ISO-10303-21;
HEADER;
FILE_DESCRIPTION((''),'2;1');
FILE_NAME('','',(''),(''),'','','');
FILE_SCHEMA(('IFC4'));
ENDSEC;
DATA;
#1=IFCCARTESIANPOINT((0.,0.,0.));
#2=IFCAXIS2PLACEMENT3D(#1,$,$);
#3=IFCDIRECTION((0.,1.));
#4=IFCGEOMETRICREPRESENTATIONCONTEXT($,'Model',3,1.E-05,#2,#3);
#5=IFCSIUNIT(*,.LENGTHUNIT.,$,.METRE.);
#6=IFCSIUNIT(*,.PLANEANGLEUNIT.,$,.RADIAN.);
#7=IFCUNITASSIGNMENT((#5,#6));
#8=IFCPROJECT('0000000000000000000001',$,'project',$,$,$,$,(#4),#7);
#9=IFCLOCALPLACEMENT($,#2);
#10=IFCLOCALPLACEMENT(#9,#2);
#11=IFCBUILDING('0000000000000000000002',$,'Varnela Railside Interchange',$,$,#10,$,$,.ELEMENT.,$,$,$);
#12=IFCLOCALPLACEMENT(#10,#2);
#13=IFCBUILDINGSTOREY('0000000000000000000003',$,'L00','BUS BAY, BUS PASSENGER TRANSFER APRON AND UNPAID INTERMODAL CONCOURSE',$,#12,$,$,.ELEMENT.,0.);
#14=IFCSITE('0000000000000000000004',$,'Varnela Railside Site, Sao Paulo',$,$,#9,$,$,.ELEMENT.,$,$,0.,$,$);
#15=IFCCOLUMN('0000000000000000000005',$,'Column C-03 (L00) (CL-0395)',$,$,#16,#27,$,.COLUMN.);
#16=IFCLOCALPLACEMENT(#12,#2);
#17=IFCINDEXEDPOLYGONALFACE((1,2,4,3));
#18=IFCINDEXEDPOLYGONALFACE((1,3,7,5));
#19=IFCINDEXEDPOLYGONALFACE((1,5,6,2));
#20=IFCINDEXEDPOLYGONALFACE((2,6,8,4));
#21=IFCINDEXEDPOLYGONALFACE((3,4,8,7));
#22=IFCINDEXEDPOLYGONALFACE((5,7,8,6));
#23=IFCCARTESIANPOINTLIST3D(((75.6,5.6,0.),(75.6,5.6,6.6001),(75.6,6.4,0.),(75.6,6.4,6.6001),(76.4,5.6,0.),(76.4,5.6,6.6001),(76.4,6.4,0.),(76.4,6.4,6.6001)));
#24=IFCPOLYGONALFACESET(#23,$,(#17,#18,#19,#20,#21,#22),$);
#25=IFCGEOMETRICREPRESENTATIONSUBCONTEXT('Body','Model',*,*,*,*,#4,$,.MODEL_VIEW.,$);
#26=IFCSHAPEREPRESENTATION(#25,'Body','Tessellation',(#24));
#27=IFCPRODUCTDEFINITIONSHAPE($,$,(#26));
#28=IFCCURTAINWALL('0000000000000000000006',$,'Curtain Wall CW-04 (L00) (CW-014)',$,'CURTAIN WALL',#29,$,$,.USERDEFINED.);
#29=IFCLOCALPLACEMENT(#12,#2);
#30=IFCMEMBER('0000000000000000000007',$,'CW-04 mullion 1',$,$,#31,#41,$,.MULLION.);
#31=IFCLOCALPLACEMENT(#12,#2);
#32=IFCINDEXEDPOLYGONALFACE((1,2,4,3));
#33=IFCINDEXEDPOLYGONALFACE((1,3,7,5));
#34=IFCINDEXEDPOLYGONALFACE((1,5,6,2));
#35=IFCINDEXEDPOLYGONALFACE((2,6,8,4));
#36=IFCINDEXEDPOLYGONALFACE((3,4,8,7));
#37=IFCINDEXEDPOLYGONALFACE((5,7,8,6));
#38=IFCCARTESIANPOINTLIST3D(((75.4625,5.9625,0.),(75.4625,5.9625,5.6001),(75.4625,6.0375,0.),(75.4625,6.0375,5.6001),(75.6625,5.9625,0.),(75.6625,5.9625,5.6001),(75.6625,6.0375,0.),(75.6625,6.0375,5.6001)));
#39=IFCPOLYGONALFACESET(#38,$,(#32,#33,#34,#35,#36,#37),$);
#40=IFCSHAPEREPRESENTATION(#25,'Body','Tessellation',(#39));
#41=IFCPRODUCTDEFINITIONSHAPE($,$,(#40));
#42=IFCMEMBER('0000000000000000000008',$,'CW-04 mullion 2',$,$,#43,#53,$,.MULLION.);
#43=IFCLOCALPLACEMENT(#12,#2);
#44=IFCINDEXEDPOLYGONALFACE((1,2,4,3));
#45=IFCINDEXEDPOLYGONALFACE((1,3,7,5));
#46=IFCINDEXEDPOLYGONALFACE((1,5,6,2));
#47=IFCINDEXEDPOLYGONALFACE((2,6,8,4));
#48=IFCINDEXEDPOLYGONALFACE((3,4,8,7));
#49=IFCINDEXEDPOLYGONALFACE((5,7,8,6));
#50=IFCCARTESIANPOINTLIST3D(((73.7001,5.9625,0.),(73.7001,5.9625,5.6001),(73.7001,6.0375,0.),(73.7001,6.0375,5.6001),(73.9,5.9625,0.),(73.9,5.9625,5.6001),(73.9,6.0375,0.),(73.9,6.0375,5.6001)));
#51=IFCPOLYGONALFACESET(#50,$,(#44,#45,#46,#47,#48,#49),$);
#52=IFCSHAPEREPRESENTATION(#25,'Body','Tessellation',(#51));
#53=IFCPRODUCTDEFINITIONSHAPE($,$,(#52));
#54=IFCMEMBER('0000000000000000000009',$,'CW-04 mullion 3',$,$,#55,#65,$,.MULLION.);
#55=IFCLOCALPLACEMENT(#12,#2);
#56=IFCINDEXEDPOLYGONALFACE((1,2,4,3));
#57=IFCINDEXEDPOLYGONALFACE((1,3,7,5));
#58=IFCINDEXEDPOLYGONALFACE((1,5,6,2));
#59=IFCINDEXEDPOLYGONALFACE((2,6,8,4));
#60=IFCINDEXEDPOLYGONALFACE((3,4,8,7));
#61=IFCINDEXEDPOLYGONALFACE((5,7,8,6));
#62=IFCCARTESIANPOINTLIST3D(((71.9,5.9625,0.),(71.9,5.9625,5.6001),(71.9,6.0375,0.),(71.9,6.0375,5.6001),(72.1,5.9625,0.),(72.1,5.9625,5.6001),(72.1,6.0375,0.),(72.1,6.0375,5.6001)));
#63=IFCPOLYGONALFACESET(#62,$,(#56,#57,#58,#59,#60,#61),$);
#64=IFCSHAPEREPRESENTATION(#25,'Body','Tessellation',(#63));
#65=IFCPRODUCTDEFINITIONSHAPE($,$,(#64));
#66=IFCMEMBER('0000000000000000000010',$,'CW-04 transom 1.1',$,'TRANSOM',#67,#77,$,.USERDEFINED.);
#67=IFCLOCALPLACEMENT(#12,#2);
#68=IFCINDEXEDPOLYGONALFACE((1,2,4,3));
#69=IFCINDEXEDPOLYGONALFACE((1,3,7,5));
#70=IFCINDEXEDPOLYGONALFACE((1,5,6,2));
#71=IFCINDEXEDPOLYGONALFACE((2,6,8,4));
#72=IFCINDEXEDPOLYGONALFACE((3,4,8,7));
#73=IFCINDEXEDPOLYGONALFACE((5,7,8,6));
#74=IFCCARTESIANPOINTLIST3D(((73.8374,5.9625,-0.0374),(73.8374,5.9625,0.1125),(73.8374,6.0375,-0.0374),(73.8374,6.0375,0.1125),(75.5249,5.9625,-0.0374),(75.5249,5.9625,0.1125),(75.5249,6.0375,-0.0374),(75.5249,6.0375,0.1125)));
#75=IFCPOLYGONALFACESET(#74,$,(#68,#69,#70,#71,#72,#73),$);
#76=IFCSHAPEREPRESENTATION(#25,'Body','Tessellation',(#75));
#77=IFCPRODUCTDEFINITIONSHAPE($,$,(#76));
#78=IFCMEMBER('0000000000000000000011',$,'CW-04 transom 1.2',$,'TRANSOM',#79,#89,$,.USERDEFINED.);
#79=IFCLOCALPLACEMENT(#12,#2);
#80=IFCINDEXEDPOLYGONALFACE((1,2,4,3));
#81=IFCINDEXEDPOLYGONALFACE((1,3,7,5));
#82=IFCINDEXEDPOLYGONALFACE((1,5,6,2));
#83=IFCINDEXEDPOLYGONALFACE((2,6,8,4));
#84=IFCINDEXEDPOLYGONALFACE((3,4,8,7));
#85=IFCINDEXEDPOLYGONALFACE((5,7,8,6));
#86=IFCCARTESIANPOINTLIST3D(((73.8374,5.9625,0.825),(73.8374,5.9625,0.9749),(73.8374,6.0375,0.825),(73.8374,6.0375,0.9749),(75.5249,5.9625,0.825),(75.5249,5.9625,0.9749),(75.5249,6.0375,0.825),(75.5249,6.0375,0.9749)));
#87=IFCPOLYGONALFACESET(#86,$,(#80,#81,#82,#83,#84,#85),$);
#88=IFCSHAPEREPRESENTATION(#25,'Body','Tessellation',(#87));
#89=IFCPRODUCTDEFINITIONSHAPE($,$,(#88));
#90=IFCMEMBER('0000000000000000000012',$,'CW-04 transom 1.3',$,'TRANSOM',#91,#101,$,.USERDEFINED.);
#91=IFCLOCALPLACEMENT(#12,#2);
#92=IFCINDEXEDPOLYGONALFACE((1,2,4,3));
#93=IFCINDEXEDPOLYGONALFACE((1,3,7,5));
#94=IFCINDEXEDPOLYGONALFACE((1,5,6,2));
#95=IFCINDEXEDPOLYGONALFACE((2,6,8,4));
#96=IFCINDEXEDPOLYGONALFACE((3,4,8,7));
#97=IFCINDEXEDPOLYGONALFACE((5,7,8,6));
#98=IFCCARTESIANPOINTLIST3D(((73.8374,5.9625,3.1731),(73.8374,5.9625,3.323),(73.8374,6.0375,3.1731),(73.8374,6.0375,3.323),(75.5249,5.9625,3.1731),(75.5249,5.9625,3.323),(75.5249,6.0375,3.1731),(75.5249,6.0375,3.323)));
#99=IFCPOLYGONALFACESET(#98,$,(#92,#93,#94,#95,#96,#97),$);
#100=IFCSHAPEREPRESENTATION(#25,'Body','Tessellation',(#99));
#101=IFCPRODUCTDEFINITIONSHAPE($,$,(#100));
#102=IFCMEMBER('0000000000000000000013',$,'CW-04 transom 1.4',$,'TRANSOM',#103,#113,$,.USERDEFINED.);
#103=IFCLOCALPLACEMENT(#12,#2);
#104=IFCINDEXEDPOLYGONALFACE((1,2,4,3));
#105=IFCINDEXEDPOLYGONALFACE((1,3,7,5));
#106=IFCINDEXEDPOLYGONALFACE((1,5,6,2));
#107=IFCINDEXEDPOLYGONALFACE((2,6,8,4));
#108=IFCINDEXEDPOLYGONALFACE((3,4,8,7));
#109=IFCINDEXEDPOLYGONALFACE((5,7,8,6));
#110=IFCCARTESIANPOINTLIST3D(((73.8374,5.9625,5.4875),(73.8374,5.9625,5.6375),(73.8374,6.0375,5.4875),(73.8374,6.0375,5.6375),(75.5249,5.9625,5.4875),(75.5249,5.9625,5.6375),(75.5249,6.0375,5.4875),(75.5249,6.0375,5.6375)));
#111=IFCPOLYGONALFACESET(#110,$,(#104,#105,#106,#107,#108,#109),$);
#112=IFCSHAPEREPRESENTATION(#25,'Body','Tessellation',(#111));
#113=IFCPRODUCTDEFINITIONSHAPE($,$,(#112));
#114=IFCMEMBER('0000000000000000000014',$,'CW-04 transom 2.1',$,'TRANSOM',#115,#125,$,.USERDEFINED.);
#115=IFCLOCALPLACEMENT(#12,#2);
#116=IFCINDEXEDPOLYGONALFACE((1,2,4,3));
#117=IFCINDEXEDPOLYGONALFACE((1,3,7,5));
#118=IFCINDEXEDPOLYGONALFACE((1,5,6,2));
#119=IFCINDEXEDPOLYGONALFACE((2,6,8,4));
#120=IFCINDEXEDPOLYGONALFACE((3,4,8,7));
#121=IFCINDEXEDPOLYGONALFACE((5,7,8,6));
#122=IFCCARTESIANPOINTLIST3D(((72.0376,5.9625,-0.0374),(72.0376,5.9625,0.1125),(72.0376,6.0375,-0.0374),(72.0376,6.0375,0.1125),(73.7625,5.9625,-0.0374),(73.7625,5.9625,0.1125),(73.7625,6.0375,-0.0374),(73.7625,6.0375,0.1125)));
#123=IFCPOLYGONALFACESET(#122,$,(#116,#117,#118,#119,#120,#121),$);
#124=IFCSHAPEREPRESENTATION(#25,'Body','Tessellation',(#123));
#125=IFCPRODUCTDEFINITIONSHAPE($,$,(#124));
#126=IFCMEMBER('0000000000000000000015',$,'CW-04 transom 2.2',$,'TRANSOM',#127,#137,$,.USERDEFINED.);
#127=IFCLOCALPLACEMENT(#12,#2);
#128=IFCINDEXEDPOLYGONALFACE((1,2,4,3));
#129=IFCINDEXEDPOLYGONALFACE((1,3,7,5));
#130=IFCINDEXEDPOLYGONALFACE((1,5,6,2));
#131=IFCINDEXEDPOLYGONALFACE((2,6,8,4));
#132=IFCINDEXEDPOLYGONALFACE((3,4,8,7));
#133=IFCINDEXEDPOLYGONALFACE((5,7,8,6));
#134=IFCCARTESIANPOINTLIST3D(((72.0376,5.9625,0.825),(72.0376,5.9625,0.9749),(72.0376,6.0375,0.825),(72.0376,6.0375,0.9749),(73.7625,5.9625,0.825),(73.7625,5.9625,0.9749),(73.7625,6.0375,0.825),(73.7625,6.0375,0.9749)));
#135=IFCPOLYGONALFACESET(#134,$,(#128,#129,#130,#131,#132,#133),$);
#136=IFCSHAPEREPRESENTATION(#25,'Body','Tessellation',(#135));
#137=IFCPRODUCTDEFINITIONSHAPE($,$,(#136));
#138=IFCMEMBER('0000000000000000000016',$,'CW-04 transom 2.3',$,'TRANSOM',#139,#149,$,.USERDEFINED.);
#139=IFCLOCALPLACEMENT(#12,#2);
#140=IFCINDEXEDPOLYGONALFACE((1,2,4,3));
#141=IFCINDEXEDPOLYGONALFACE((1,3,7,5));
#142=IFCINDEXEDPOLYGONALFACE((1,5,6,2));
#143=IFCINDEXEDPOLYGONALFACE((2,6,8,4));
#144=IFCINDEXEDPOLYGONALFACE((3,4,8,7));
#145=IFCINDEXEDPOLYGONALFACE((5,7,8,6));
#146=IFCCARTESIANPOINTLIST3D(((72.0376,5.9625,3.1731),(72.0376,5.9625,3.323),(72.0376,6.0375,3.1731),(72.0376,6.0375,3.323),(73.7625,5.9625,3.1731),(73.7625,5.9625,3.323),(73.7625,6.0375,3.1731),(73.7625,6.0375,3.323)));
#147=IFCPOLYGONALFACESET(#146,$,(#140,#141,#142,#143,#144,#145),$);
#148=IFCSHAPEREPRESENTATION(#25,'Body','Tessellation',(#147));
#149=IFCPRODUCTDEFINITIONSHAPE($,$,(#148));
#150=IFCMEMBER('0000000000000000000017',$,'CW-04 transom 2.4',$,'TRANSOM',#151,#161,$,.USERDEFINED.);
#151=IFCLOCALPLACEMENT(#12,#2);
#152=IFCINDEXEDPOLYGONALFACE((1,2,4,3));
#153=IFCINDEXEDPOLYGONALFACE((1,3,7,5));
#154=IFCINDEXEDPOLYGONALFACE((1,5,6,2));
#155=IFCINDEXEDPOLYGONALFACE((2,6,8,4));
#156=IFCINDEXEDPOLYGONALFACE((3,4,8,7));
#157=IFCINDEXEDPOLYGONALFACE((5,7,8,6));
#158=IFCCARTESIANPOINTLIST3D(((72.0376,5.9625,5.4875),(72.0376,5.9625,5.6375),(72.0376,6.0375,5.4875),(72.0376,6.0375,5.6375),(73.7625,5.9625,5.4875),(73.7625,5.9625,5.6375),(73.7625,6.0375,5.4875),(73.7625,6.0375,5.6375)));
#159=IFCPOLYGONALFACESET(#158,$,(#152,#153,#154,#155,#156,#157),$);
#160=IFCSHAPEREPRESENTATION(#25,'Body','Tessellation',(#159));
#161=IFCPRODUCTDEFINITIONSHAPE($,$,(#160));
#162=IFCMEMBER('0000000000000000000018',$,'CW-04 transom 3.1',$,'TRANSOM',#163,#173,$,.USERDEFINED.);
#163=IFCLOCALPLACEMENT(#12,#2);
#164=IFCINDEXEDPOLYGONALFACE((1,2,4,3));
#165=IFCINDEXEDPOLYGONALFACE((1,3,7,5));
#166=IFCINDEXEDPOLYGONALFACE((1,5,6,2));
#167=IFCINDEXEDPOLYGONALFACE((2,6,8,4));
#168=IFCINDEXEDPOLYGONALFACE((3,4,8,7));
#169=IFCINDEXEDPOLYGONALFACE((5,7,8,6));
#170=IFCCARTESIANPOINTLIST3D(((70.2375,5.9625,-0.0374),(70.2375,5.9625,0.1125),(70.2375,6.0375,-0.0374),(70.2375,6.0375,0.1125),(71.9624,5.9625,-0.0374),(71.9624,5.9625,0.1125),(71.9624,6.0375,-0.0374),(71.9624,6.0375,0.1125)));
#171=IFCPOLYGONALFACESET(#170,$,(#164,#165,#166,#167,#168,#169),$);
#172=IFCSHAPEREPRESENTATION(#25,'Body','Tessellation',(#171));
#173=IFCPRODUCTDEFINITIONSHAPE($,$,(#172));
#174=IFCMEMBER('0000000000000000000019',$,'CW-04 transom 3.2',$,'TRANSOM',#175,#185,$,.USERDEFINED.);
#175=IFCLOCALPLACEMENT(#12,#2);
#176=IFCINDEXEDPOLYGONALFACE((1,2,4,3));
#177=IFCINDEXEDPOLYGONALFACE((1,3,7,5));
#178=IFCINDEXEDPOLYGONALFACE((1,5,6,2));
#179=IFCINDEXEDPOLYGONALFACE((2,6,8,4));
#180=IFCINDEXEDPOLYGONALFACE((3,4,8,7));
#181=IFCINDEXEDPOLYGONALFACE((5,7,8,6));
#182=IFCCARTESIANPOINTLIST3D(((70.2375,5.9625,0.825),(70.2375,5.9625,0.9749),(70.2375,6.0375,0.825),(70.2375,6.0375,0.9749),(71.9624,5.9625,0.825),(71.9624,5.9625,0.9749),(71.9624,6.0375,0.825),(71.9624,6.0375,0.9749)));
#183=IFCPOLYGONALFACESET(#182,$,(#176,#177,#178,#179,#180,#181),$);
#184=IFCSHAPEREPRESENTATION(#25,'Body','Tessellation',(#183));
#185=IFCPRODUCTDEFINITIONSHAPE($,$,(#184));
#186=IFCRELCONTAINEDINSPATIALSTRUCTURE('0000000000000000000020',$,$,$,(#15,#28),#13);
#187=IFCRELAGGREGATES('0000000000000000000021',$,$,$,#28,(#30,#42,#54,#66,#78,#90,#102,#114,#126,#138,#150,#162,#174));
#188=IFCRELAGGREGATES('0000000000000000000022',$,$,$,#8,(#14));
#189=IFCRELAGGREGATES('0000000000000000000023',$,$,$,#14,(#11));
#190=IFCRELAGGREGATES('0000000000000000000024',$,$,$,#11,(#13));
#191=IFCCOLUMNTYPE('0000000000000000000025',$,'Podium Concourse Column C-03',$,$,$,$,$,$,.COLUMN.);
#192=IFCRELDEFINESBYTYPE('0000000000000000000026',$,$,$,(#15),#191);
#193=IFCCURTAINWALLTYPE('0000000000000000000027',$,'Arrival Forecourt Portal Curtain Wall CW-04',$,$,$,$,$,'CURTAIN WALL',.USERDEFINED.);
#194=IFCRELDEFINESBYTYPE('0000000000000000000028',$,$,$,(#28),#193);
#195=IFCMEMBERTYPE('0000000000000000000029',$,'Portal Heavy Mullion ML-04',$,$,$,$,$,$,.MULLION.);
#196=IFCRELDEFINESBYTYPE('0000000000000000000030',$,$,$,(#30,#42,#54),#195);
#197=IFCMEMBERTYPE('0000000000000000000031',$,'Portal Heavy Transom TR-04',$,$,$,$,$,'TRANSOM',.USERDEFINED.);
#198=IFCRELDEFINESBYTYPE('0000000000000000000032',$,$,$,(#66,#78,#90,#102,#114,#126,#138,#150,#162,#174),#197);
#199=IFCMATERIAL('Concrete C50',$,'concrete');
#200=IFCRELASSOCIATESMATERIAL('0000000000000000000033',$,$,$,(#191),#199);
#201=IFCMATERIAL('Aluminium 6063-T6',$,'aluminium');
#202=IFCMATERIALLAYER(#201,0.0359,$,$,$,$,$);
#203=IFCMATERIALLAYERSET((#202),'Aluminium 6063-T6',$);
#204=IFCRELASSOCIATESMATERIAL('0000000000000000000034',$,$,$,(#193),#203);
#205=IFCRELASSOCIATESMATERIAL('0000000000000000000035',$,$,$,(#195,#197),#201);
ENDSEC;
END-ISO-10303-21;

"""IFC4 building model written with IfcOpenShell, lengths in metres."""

from ifc_helpers import new_model, si_unit, direction, frame, origin, origin_2d, place, context, subcontext, project, spatial, rectangle, extrude, material, layer, layer_set, material_profile, profile_set, type_object, element, aggregate, save


model = new_model("IFC4")

# Units and contexts
model_context = context("Model", 3, precision=1e-05, world=origin(), true_north=direction((0.0, 1.0)))
body_context = subcontext(model_context, "Body", "Model", "MODEL_VIEW")
ifc_project = project(units=[si_unit("LENGTHUNIT", "METRE"), si_unit("PLANEANGLEUNIT", "RADIAN")], contexts=[model_context])

# Site, building, storey
site_placement = place(None, origin())
site = spatial("IfcSite", under=ifc_project, at=site_placement, Name="Varnela Railside Site, Sao Paulo", CompositionType="ELEMENT", RefElevation=0.0)
building_placement = place(site_placement, origin())
building = spatial("IfcBuilding", under=site, at=building_placement, Name="Varnela Railside Interchange", CompositionType="ELEMENT")
storey_placement = place(building_placement, origin())
storey = spatial("IfcBuildingStorey", under=building, at=storey_placement, Name="L00", Description="BUS BAY, BUS PASSENGER TRANSFER APRON AND UNPAID INTERMODAL CONCOURSE", CompositionType="ELEMENT", Elevation=0.0)

# Column
ifc_material_1 = material(Name="Concrete C50", Category="concrete")
ifc_material_profile_1 = material_profile(ifc_material_1, rectangle(XDim=0.8, YDim=0.8, at=origin_2d()), Name="RC 800x800")
ifc_profile_set_1 = profile_set([ifc_material_profile_1], Name="Concrete C50")
column_type = type_object("IfcColumnType", Name="Podium Concourse Column C-03", PredefinedType="COLUMN", material=ifc_profile_set_1)
column_placement = place(storey_placement, frame((76.0, 6.0, 0.0), z_axis=(0.0, 0.0, 1.0), x_axis=(1.0, 0.0, 0.0)))
element("IfcColumn", 1, at=column_placement, inside=storey, type_object=column_type, Name="Column C-03 (L00) (CL-0395)", PredefinedType="COLUMN", context=body_context, shape_type="SweptSolid", body=[
    extrude(rectangle(XDim=0.8, YDim=0.8, at=origin_2d()), origin(), (0.0, 0.0, 1.0), 6.6001),
])

# Curtain wall, members
ifc_material_2 = material(Name="Aluminium 6063-T6", Category="aluminium")
ifc_layer_1 = layer(ifc_material_2, 0.0359)
ifc_layer_set_1 = layer_set([ifc_layer_1], Name="Aluminium 6063-T6")
curtain_wall_type = type_object("IfcCurtainWallType", Name="Arrival Forecourt Portal Curtain Wall CW-04", ElementType="CURTAIN WALL", PredefinedType="USERDEFINED", material=ifc_layer_set_1)
curtain_wall_placement = place(storey_placement, origin())
curtain_wall = element("IfcCurtainWall", 2, at=curtain_wall_placement, inside=storey, type_object=curtain_wall_type, Name="Curtain Wall CW-04 (L00) (CW-014)", ObjectType="CURTAIN WALL", PredefinedType="USERDEFINED")
ifc_material_profile_2 = material_profile(ifc_material_2, rectangle(XDim=0.075, YDim=0.2, at=origin_2d()), Name="ALU 75x200")
ifc_profile_set_2 = profile_set([ifc_material_profile_2], Name="Aluminium 6063-T6")
member_type_1 = type_object("IfcMemberType", Name="Portal Heavy Mullion ML-04", PredefinedType="MULLION", material=ifc_profile_set_2)
member_1_placement = place(storey_placement, frame((75.5625, 6.0, 0.0), z_axis=(0.0, 0.0, 1.0), x_axis=(0.0, -1.0, 0.0)))
member_1 = element("IfcMember", 3, at=member_1_placement, type_object=member_type_1, Name="CW-04 mullion 1", PredefinedType="MULLION", context=body_context, shape_type="SweptSolid", body=[
    extrude(rectangle(XDim=0.075, YDim=0.2, at=origin_2d()), origin(), (0.0, 0.0, 1.0), 5.6001),
])
member_2_placement = place(storey_placement, frame((73.8, 6.0, 0.0), z_axis=(0.0, 0.0, 1.0), x_axis=(0.0, -1.0, 0.0)))
member_2 = element("IfcMember", 4, at=member_2_placement, type_object=member_type_1, Name="CW-04 mullion 2", PredefinedType="MULLION", context=body_context, shape_type="SweptSolid", body=[
    extrude(rectangle(XDim=0.075, YDim=0.2, at=origin_2d()), origin(), (0.0, 0.0, 1.0), 5.6001),
])
member_3_placement = place(storey_placement, frame((72.0, 6.0, 0.0), z_axis=(0.0, 0.0, 1.0), x_axis=(0.0, -1.0, 0.0)))
member_3 = element("IfcMember", 5, at=member_3_placement, type_object=member_type_1, Name="CW-04 mullion 3", PredefinedType="MULLION", context=body_context, shape_type="SweptSolid", body=[
    extrude(rectangle(XDim=0.075, YDim=0.2, at=origin_2d()), origin(), (0.0, 0.0, 1.0), 5.6001),
])
ifc_material_profile_3 = material_profile(ifc_material_2, rectangle(XDim=0.075, YDim=0.1499, at=origin_2d()), Name="ALU 75x150")
ifc_profile_set_3 = profile_set([ifc_material_profile_3], Name="Aluminium 6063-T6")
member_type_2 = type_object("IfcMemberType", Name="Portal Heavy Transom TR-04", ElementType="TRANSOM", PredefinedType="USERDEFINED", material=ifc_profile_set_3)
member_4_placement = place(storey_placement, frame((75.5249, 6.0, 0.0376), z_axis=(-1.0, 0.0, 0.0), x_axis=(0.0, -1.0, 0.0)))
member_4 = element("IfcMember", 6, at=member_4_placement, type_object=member_type_2, Name="CW-04 transom 1.1", ObjectType="TRANSOM", PredefinedType="USERDEFINED", context=body_context, shape_type="SweptSolid", body=[
    extrude(rectangle(XDim=0.075, YDim=0.1499, at=origin_2d()), origin(), (0.0, 0.0, 1.0), 1.6875),
])
member_5_placement = place(storey_placement, frame((75.5249, 6.0, 0.8999), z_axis=(-1.0, 0.0, 0.0), x_axis=(0.0, -1.0, 0.0)))
member_5 = element("IfcMember", 7, at=member_5_placement, type_object=member_type_2, Name="CW-04 transom 1.2", ObjectType="TRANSOM", PredefinedType="USERDEFINED", context=body_context, shape_type="SweptSolid", body=[
    extrude(rectangle(XDim=0.075, YDim=0.1499, at=origin_2d()), origin(), (0.0, 0.0, 1.0), 1.6875),
])
member_6_placement = place(storey_placement, frame((75.5249, 6.0, 3.248), z_axis=(-1.0, 0.0, 0.0), x_axis=(0.0, -1.0, 0.0)))
member_6 = element("IfcMember", 8, at=member_6_placement, type_object=member_type_2, Name="CW-04 transom 1.3", ObjectType="TRANSOM", PredefinedType="USERDEFINED", context=body_context, shape_type="SweptSolid", body=[
    extrude(rectangle(XDim=0.075, YDim=0.1499, at=origin_2d()), origin(), (0.0, 0.0, 1.0), 1.6875),
])
member_7_placement = place(storey_placement, frame((75.5249, 6.0, 5.5625), z_axis=(-1.0, 0.0, 0.0), x_axis=(0.0, -1.0, 0.0)))
member_7 = element("IfcMember", 9, at=member_7_placement, type_object=member_type_2, Name="CW-04 transom 1.4", ObjectType="TRANSOM", PredefinedType="USERDEFINED", context=body_context, shape_type="SweptSolid", body=[
    extrude(rectangle(XDim=0.075, YDim=0.1499, at=origin_2d()), origin(), (0.0, 0.0, 1.0), 1.6875),
])
member_8_placement = place(storey_placement, frame((73.7625, 6.0, 0.0376), z_axis=(-1.0, 0.0, 0.0), x_axis=(0.0, -1.0, 0.0)))
member_8 = element("IfcMember", 10, at=member_8_placement, type_object=member_type_2, Name="CW-04 transom 2.1", ObjectType="TRANSOM", PredefinedType="USERDEFINED", context=body_context, shape_type="SweptSolid", body=[
    extrude(rectangle(XDim=0.075, YDim=0.1499, at=origin_2d()), origin(), (0.0, 0.0, 1.0), 1.7249),
])
member_9_placement = place(storey_placement, frame((73.7625, 6.0, 0.8999), z_axis=(-1.0, 0.0, 0.0), x_axis=(0.0, -1.0, 0.0)))
member_9 = element("IfcMember", 11, at=member_9_placement, type_object=member_type_2, Name="CW-04 transom 2.2", ObjectType="TRANSOM", PredefinedType="USERDEFINED", context=body_context, shape_type="SweptSolid", body=[
    extrude(rectangle(XDim=0.075, YDim=0.1499, at=origin_2d()), origin(), (0.0, 0.0, 1.0), 1.7249),
])
member_10_placement = place(storey_placement, frame((73.7625, 6.0, 3.248), z_axis=(-1.0, 0.0, 0.0), x_axis=(0.0, -1.0, 0.0)))
member_10 = element("IfcMember", 12, at=member_10_placement, type_object=member_type_2, Name="CW-04 transom 2.3", ObjectType="TRANSOM", PredefinedType="USERDEFINED", context=body_context, shape_type="SweptSolid", body=[
    extrude(rectangle(XDim=0.075, YDim=0.1499, at=origin_2d()), origin(), (0.0, 0.0, 1.0), 1.7249),
])
member_11_placement = place(storey_placement, frame((73.7625, 6.0, 5.5625), z_axis=(-1.0, 0.0, 0.0), x_axis=(0.0, -1.0, 0.0)))
member_11 = element("IfcMember", 13, at=member_11_placement, type_object=member_type_2, Name="CW-04 transom 2.4", ObjectType="TRANSOM", PredefinedType="USERDEFINED", context=body_context, shape_type="SweptSolid", body=[
    extrude(rectangle(XDim=0.075, YDim=0.1499, at=origin_2d()), origin(), (0.0, 0.0, 1.0), 1.7249),
])
member_12_placement = place(storey_placement, frame((71.9624, 6.0, 0.0376), z_axis=(-1.0, 0.0, 0.0), x_axis=(0.0, -1.0, 0.0)))
member_12 = element("IfcMember", 14, at=member_12_placement, type_object=member_type_2, Name="CW-04 transom 3.1", ObjectType="TRANSOM", PredefinedType="USERDEFINED", context=body_context, shape_type="SweptSolid", body=[
    extrude(rectangle(XDim=0.075, YDim=0.1499, at=origin_2d()), origin(), (0.0, 0.0, 1.0), 1.7249),
])
member_13_placement = place(storey_placement, frame((71.9624, 6.0, 0.8999), z_axis=(-1.0, 0.0, 0.0), x_axis=(0.0, -1.0, 0.0)))
member_13 = element("IfcMember", 15, at=member_13_placement, type_object=member_type_2, Name="CW-04 transom 3.2", ObjectType="TRANSOM", PredefinedType="USERDEFINED", context=body_context, shape_type="SweptSolid", body=[
    extrude(rectangle(XDim=0.075, YDim=0.1499, at=origin_2d()), origin(), (0.0, 0.0, 1.0), 1.7249),
])
aggregate(curtain_wall, [member_1, member_2, member_3, member_4, member_5, member_6, member_7, member_8, member_9, member_10, member_11, member_12, member_13])

save(model, "model.ifc")
